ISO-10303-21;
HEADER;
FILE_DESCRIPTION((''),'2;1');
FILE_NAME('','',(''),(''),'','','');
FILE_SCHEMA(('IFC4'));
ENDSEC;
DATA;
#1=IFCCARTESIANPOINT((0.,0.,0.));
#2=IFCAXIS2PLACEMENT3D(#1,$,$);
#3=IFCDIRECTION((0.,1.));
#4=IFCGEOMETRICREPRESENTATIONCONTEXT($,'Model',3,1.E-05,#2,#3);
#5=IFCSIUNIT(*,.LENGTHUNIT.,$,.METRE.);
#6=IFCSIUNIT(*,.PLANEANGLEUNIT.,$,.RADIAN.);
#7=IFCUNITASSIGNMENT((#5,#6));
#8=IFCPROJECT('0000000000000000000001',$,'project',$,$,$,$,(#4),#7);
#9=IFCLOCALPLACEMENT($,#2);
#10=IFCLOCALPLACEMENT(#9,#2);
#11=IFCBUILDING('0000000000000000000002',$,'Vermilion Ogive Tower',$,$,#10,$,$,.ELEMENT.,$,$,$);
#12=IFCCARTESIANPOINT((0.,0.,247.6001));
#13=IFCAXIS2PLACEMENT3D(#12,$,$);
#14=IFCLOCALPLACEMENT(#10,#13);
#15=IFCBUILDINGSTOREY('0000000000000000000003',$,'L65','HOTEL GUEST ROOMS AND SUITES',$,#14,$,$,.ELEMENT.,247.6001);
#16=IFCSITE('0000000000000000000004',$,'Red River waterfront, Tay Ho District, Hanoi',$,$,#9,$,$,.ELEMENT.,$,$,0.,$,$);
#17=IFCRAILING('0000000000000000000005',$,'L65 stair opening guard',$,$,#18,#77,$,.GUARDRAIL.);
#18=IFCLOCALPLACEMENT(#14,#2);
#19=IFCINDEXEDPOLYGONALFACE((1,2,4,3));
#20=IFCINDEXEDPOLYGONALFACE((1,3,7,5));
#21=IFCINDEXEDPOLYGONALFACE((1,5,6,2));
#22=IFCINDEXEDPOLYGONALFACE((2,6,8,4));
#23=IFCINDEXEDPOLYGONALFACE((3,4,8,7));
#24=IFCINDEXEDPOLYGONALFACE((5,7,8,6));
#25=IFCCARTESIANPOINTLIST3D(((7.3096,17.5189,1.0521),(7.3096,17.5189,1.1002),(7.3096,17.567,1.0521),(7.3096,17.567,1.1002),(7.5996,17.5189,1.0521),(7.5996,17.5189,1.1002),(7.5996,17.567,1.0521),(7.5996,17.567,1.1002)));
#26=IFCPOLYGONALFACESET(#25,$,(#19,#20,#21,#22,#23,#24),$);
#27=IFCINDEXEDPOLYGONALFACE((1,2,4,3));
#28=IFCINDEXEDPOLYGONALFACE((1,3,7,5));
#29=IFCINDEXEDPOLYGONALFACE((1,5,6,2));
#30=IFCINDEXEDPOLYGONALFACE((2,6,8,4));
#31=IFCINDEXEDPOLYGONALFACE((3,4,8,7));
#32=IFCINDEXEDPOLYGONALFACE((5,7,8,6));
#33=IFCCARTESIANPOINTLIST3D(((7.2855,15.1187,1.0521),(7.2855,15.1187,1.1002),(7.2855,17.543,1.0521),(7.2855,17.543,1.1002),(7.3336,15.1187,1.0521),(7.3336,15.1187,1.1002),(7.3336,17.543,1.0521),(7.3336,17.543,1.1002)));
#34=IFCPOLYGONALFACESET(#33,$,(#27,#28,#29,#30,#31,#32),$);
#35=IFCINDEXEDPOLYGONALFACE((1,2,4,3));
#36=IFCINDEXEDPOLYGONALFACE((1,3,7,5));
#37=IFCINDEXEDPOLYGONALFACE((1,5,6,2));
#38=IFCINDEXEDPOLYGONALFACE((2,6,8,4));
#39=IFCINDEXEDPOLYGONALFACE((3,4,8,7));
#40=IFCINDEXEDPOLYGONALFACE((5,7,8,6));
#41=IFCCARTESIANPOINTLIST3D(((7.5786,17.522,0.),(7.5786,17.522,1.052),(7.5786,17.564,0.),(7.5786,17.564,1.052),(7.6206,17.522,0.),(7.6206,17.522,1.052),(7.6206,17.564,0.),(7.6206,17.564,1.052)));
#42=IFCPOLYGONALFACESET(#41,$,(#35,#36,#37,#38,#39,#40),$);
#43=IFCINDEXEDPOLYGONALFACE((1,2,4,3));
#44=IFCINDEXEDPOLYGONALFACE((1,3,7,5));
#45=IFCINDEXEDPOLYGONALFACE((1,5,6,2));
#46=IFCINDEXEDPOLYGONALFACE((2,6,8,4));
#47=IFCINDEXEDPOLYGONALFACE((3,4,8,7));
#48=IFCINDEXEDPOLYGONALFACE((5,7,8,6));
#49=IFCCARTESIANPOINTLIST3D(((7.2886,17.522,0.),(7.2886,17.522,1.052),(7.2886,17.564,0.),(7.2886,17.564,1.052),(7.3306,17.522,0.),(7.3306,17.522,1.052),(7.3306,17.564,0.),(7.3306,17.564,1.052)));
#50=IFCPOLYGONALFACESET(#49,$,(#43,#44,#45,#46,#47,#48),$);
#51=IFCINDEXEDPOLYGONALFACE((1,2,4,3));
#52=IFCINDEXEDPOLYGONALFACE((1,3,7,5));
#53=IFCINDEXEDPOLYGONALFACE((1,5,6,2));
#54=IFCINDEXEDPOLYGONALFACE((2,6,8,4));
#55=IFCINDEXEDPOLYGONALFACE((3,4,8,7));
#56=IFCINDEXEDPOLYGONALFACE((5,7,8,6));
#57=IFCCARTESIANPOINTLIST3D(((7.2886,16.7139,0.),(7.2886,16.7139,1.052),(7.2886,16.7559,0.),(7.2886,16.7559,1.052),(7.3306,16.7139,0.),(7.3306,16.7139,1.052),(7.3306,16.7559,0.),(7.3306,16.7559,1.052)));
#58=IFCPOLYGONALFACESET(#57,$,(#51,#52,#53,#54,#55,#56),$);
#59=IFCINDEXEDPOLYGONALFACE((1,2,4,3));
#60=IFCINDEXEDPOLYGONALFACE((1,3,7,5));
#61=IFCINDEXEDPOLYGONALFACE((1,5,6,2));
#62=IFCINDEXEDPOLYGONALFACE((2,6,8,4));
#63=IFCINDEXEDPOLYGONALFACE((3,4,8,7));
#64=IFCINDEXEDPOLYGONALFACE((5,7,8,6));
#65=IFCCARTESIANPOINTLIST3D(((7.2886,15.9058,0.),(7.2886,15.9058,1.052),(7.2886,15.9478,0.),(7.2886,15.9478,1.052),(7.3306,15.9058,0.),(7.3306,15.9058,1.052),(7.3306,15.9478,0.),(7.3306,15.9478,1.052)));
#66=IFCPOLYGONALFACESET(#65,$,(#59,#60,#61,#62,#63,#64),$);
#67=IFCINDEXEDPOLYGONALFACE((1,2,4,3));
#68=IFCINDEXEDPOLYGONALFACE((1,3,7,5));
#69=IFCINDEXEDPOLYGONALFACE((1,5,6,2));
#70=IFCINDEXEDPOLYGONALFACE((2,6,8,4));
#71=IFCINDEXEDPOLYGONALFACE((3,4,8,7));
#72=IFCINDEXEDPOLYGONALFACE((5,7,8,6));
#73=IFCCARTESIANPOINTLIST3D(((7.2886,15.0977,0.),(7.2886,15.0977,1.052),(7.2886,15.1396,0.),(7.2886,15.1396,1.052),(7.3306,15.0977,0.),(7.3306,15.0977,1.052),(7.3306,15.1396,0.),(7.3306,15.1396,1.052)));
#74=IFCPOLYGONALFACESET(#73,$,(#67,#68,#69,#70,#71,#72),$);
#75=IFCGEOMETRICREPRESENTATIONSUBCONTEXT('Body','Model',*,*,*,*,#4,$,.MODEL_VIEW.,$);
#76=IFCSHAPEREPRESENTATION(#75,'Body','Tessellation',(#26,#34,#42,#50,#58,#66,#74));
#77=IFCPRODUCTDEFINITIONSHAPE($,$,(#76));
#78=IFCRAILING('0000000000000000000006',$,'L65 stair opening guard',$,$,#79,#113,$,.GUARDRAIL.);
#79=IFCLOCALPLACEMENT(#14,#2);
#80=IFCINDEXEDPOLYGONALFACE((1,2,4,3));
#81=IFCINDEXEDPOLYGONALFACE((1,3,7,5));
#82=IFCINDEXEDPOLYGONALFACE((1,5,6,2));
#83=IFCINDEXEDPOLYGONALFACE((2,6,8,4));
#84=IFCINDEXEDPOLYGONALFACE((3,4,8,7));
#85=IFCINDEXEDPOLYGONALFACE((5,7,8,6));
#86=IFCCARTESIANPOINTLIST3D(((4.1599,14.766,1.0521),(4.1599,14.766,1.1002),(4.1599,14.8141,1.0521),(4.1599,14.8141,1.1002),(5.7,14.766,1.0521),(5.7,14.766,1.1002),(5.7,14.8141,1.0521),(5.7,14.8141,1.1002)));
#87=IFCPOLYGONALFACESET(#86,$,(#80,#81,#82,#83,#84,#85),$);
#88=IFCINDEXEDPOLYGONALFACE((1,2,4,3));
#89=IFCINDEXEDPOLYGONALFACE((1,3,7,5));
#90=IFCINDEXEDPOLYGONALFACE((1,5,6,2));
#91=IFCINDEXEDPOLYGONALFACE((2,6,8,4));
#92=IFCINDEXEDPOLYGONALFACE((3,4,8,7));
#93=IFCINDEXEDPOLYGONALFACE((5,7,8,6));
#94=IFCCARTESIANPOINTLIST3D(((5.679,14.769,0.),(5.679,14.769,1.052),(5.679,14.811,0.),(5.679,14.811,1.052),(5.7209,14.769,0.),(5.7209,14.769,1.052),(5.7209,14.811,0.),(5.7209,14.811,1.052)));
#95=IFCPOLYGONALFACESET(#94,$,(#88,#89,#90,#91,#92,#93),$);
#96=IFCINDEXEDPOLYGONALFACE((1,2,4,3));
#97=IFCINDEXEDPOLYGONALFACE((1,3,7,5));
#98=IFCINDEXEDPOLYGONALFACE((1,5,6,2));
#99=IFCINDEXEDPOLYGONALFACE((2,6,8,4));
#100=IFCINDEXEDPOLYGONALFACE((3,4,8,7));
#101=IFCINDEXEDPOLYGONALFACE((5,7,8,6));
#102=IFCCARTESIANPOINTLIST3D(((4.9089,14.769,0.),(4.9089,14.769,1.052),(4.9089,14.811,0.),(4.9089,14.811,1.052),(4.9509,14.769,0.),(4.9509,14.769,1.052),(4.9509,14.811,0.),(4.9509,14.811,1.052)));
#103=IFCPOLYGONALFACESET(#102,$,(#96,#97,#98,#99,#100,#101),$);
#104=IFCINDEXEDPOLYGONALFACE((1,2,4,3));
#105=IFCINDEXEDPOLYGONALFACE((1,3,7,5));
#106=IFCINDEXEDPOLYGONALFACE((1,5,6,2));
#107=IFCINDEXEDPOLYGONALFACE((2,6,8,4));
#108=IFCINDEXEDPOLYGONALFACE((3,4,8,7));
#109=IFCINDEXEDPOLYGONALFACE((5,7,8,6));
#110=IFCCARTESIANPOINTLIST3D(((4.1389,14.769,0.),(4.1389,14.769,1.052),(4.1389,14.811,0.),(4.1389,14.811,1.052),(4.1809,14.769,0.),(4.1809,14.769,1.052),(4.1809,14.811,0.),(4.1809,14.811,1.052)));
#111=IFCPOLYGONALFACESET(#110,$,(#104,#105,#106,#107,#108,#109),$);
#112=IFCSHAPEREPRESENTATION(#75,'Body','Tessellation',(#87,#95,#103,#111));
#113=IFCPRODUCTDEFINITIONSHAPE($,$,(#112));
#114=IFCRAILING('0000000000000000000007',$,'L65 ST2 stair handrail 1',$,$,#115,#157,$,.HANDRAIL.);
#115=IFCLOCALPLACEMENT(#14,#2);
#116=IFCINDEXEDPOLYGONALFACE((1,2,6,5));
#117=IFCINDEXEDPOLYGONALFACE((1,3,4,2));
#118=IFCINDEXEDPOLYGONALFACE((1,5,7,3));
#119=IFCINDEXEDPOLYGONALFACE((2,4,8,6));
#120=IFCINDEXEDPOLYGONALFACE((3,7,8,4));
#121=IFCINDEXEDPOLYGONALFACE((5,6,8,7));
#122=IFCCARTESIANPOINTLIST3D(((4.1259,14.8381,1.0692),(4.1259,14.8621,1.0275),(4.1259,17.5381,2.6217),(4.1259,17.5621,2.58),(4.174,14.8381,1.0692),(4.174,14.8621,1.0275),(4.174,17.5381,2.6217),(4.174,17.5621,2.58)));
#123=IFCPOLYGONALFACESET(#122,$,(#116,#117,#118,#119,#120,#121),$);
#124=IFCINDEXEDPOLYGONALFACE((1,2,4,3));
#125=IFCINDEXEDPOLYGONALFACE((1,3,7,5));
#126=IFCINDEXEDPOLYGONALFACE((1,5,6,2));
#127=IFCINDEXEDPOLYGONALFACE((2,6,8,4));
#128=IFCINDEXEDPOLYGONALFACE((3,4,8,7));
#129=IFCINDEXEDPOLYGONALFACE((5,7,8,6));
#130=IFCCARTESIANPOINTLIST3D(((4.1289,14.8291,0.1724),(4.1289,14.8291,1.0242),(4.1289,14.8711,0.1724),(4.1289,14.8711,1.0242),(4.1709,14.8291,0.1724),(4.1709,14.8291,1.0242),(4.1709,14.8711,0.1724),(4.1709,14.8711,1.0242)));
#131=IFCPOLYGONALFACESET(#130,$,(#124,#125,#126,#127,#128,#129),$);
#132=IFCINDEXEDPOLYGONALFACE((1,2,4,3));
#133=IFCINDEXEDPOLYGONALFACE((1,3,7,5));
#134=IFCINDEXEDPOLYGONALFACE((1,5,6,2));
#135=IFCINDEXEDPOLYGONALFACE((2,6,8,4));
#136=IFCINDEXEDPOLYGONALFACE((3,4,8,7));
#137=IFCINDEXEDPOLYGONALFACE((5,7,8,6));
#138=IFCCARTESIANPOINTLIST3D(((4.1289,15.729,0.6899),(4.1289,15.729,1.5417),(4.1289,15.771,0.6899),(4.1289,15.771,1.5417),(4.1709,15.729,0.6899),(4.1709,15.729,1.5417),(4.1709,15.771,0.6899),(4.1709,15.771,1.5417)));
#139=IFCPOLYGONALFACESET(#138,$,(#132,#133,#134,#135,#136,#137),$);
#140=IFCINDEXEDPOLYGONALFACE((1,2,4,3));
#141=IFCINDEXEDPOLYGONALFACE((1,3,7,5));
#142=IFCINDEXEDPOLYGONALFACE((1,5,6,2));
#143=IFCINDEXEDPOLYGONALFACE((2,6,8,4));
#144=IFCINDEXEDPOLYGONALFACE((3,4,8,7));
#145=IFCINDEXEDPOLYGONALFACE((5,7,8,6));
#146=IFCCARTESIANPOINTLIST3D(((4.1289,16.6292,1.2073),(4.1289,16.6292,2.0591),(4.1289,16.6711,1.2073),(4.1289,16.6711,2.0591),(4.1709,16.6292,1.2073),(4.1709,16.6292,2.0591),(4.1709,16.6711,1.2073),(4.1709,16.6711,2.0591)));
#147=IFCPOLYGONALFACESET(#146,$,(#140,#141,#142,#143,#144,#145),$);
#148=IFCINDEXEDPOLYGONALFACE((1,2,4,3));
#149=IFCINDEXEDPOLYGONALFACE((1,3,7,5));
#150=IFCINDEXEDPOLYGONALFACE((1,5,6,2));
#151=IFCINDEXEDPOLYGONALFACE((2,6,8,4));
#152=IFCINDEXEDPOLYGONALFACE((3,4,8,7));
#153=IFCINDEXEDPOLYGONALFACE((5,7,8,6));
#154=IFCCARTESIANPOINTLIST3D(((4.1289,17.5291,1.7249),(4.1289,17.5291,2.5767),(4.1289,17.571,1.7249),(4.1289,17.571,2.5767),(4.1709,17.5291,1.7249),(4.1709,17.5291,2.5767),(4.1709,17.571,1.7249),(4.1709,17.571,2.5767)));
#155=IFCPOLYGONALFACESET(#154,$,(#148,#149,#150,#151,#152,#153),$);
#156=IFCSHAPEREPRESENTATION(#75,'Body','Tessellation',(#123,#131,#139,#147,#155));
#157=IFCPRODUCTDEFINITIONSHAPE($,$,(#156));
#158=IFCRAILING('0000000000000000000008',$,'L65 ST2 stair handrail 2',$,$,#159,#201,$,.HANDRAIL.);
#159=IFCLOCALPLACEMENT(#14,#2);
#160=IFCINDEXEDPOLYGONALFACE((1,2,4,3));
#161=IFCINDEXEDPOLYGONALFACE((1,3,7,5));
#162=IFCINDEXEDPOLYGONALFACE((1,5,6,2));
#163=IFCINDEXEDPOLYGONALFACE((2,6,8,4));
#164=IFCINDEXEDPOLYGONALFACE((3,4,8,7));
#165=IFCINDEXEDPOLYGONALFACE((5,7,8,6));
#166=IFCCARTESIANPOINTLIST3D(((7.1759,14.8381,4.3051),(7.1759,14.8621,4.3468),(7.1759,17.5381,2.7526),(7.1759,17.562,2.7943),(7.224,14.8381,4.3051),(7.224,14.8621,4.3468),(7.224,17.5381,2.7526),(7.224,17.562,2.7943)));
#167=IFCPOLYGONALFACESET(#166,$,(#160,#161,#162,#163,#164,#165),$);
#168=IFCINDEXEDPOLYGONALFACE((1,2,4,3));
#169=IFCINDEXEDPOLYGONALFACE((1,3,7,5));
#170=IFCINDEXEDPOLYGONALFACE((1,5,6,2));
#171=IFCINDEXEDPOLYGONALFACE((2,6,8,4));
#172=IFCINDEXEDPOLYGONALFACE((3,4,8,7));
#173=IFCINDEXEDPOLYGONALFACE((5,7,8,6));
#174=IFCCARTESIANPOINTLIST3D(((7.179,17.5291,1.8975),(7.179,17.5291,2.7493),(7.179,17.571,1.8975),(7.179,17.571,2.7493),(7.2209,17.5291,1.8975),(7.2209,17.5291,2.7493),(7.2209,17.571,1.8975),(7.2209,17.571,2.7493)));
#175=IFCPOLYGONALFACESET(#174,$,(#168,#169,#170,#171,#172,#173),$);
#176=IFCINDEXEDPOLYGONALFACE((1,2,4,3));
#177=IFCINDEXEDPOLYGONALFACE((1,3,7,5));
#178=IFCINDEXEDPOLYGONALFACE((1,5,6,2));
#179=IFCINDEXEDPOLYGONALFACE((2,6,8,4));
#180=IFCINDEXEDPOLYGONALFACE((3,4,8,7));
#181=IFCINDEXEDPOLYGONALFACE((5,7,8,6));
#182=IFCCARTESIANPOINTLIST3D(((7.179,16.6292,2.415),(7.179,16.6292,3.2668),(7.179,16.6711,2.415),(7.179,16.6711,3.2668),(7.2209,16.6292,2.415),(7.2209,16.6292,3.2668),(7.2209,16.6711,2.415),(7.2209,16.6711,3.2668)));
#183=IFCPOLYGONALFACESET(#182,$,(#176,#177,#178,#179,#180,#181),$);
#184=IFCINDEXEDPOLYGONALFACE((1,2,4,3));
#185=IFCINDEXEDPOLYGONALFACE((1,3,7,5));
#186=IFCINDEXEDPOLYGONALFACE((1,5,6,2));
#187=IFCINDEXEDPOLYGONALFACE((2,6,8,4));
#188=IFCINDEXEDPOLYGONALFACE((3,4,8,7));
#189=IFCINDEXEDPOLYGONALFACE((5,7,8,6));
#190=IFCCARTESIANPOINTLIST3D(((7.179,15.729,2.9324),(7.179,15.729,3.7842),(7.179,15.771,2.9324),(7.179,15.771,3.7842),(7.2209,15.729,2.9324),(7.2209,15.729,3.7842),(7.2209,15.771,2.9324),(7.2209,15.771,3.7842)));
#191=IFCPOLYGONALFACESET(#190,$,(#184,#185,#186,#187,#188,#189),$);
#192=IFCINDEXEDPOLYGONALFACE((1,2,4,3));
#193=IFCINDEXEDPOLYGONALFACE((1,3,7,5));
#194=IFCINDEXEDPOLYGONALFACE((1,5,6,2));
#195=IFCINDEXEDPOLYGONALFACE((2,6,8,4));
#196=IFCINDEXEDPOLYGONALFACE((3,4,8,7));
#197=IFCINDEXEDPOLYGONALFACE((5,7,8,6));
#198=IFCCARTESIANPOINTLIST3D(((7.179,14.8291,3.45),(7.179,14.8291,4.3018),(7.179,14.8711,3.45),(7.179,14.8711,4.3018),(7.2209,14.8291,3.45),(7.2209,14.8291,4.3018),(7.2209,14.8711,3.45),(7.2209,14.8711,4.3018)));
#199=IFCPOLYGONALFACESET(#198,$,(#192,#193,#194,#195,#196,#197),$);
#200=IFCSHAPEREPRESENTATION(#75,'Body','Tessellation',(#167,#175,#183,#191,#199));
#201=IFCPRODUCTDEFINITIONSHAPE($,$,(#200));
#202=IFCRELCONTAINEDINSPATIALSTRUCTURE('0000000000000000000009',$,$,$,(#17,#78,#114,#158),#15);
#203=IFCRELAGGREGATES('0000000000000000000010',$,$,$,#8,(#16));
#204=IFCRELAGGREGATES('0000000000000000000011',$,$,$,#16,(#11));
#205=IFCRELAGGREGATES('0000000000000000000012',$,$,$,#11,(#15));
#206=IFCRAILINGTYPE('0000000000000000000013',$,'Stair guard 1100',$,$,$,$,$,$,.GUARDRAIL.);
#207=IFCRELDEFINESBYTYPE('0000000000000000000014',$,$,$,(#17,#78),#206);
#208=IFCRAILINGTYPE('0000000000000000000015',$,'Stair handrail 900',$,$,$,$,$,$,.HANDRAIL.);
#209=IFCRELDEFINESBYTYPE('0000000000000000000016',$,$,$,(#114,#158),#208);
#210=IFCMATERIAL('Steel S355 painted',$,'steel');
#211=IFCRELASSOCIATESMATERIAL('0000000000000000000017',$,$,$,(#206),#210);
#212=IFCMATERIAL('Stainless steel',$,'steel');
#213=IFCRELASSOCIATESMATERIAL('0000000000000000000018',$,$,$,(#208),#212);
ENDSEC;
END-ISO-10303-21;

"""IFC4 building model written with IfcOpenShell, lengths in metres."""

from ifc_helpers import new_model, si_unit, direction, frame, origin, origin_2d, place, context, subcontext, project, spatial, rectangle, extrude, material, type_object, element, save


model = new_model("IFC4")

# Units and contexts
model_context = context("Model", 3, precision=1e-05, world=origin(), true_north=direction((0.0, 1.0)))
body_context = subcontext(model_context, "Body", "Model", "MODEL_VIEW")
ifc_project = project(units=[si_unit("LENGTHUNIT", "METRE"), si_unit("PLANEANGLEUNIT", "RADIAN")], contexts=[model_context])

# Site, building, storey
site_placement = place(None, origin())
site = spatial("IfcSite", under=ifc_project, at=site_placement, Name="Red River waterfront, Tay Ho District, Hanoi", CompositionType="ELEMENT", RefElevation=0.0)
building_placement = place(site_placement, origin())
building = spatial("IfcBuilding", under=site, at=building_placement, Name="Vermilion Ogive Tower", CompositionType="ELEMENT")
storey_placement = place(building_placement, frame((0.0, 0.0, 247.6001)))
storey = spatial("IfcBuildingStorey", under=building, at=storey_placement, Name="L65", Description="HOTEL GUEST ROOMS AND SUITES", CompositionType="ELEMENT", Elevation=247.6001)

# Railings
ifc_material_1 = material(Name="Steel S355 painted", Category="steel")
railing_type_1 = type_object("IfcRailingType", Name="Stair guard 1100", PredefinedType="GUARDRAIL", material=ifc_material_1)
railing_1_placement = place(storey_placement, frame((7.5996, 17.543, 0.0)))
element("IfcRailing", 1, at=railing_1_placement, inside=storey, type_object=railing_type_1, Name="L65 stair opening guard", PredefinedType="GUARDRAIL", context=body_context, shape_type="SweptSolid", body=[
    extrude(rectangle(XDim=0.0481, YDim=0.0481, at=origin_2d()), frame((0.0, 0.0, 1.0762), z_axis=(-1.0, 0.0, 0.0), x_axis=(0.0, -1.0, 0.0)), (0.0, 0.0, 1.0), 0.29),
    extrude(rectangle(XDim=0.0481, YDim=0.0481, at=origin_2d()), frame((-0.29, 0.0, 1.0762), z_axis=(0.0, -1.0, 0.0), x_axis=(1.0, 0.0, 0.0)), (0.0, 0.0, 1.0), 2.4243),
    extrude(rectangle(XDim=0.042, YDim=0.042, at=origin_2d()), origin(), (0.0, 0.0, 1.0), 1.052),
    extrude(rectangle(XDim=0.042, YDim=0.042, at=origin_2d()), frame((-0.29, 0.0, 0.0)), (0.0, 0.0, 1.0), 1.052),
    extrude(rectangle(XDim=0.042, YDim=0.042, at=origin_2d()), frame((-0.29, -0.8081, 0.0)), (0.0, 0.0, 1.0), 1.052),
    extrude(rectangle(XDim=0.042, YDim=0.042, at=origin_2d()), frame((-0.29, -1.6162, 0.0)), (0.0, 0.0, 1.0), 1.052),
    extrude(rectangle(XDim=0.042, YDim=0.042, at=origin_2d()), frame((-0.29, -2.4243, 0.0)), (0.0, 0.0, 1.0), 1.052),
])
railing_2_placement = place(storey_placement, frame((5.7, 14.79, 0.0)))
element("IfcRailing", 2, at=railing_2_placement, inside=storey, type_object=railing_type_1, Name="L65 stair opening guard", PredefinedType="GUARDRAIL", context=body_context, shape_type="SweptSolid", body=[
    extrude(rectangle(XDim=0.0481, YDim=0.0481, at=origin_2d()), frame((0.0, 0.0, 1.0762), z_axis=(-1.0, 0.0, 0.0), x_axis=(0.0, -1.0, 0.0)), (0.0, 0.0, 1.0), 1.54),
    extrude(rectangle(XDim=0.042, YDim=0.042, at=origin_2d()), origin(), (0.0, 0.0, 1.0), 1.052),
    extrude(rectangle(XDim=0.042, YDim=0.042, at=origin_2d()), frame((-0.77, 0.0, 0.0)), (0.0, 0.0, 1.0), 1.052),
    extrude(rectangle(XDim=0.042, YDim=0.042, at=origin_2d()), frame((-1.54, 0.0, 0.0)), (0.0, 0.0, 1.0), 1.052),
])
ifc_material_2 = material(Name="Stainless steel", Category="steel")
railing_type_2 = type_object("IfcRailingType", Name="Stair handrail 900", PredefinedType="HANDRAIL", material=ifc_material_2)
railing_3_placement = place(storey_placement, frame((4.1499, 14.8501, 0.1724)))
element("IfcRailing", 3, at=railing_3_placement, inside=storey, type_object=railing_type_2, Name="L65 ST2 stair handrail 1", PredefinedType="HANDRAIL", context=body_context, shape_type="SweptSolid", body=[
    extrude(rectangle(XDim=0.0481, YDim=0.0481, at=origin_2d()), frame((0.0, 0.0, 0.876), z_axis=(0.0, 0.866904, 0.498476), x_axis=(-1.0, 0.0, 0.0)), (0.0, 0.0, 1.0), 3.1145),
    extrude(rectangle(XDim=0.042, YDim=0.042, at=origin_2d()), origin(), (0.0, 0.0, 1.0), 0.8518),
    extrude(rectangle(XDim=0.042, YDim=0.042, at=origin_2d()), frame((0.0, 0.8999, 0.5176)), (0.0, 0.0, 1.0), 0.8518),
    extrude(rectangle(XDim=0.042, YDim=0.042, at=origin_2d()), frame((0.0, 1.8, 1.0349)), (0.0, 0.0, 1.0), 0.8518),
    extrude(rectangle(XDim=0.042, YDim=0.042, at=origin_2d()), frame((0.0, 2.7, 1.5525)), (0.0, 0.0, 1.0), 0.8518),
])
railing_4_placement = place(storey_placement, frame((7.2, 17.55, 1.8975)))
element("IfcRailing", 4, at=railing_4_placement, inside=storey, type_object=railing_type_2, Name="L65 ST2 stair handrail 2", PredefinedType="HANDRAIL", context=body_context, shape_type="SweptSolid", body=[
    extrude(rectangle(XDim=0.0481, YDim=0.0481, at=origin_2d()), frame((0.0, 0.0, 0.876), z_axis=(0.0, -0.866904, 0.498476), x_axis=(1.0, 0.0, 0.0)), (0.0, 0.0, 1.0), 3.1145),
    extrude(rectangle(XDim=0.042, YDim=0.042, at=origin_2d()), origin(), (0.0, 0.0, 1.0), 0.8518),
    extrude(rectangle(XDim=0.042, YDim=0.042, at=origin_2d()), frame((0.0, -0.8999, 0.5176)), (0.0, 0.0, 1.0), 0.8518),
    extrude(rectangle(XDim=0.042, YDim=0.042, at=origin_2d()), frame((0.0, -1.8, 1.0349)), (0.0, 0.0, 1.0), 0.8518),
    extrude(rectangle(XDim=0.042, YDim=0.042, at=origin_2d()), frame((0.0, -2.7, 1.5525)), (0.0, 0.0, 1.0), 0.8518),
])

save(model, "model.ifc")
